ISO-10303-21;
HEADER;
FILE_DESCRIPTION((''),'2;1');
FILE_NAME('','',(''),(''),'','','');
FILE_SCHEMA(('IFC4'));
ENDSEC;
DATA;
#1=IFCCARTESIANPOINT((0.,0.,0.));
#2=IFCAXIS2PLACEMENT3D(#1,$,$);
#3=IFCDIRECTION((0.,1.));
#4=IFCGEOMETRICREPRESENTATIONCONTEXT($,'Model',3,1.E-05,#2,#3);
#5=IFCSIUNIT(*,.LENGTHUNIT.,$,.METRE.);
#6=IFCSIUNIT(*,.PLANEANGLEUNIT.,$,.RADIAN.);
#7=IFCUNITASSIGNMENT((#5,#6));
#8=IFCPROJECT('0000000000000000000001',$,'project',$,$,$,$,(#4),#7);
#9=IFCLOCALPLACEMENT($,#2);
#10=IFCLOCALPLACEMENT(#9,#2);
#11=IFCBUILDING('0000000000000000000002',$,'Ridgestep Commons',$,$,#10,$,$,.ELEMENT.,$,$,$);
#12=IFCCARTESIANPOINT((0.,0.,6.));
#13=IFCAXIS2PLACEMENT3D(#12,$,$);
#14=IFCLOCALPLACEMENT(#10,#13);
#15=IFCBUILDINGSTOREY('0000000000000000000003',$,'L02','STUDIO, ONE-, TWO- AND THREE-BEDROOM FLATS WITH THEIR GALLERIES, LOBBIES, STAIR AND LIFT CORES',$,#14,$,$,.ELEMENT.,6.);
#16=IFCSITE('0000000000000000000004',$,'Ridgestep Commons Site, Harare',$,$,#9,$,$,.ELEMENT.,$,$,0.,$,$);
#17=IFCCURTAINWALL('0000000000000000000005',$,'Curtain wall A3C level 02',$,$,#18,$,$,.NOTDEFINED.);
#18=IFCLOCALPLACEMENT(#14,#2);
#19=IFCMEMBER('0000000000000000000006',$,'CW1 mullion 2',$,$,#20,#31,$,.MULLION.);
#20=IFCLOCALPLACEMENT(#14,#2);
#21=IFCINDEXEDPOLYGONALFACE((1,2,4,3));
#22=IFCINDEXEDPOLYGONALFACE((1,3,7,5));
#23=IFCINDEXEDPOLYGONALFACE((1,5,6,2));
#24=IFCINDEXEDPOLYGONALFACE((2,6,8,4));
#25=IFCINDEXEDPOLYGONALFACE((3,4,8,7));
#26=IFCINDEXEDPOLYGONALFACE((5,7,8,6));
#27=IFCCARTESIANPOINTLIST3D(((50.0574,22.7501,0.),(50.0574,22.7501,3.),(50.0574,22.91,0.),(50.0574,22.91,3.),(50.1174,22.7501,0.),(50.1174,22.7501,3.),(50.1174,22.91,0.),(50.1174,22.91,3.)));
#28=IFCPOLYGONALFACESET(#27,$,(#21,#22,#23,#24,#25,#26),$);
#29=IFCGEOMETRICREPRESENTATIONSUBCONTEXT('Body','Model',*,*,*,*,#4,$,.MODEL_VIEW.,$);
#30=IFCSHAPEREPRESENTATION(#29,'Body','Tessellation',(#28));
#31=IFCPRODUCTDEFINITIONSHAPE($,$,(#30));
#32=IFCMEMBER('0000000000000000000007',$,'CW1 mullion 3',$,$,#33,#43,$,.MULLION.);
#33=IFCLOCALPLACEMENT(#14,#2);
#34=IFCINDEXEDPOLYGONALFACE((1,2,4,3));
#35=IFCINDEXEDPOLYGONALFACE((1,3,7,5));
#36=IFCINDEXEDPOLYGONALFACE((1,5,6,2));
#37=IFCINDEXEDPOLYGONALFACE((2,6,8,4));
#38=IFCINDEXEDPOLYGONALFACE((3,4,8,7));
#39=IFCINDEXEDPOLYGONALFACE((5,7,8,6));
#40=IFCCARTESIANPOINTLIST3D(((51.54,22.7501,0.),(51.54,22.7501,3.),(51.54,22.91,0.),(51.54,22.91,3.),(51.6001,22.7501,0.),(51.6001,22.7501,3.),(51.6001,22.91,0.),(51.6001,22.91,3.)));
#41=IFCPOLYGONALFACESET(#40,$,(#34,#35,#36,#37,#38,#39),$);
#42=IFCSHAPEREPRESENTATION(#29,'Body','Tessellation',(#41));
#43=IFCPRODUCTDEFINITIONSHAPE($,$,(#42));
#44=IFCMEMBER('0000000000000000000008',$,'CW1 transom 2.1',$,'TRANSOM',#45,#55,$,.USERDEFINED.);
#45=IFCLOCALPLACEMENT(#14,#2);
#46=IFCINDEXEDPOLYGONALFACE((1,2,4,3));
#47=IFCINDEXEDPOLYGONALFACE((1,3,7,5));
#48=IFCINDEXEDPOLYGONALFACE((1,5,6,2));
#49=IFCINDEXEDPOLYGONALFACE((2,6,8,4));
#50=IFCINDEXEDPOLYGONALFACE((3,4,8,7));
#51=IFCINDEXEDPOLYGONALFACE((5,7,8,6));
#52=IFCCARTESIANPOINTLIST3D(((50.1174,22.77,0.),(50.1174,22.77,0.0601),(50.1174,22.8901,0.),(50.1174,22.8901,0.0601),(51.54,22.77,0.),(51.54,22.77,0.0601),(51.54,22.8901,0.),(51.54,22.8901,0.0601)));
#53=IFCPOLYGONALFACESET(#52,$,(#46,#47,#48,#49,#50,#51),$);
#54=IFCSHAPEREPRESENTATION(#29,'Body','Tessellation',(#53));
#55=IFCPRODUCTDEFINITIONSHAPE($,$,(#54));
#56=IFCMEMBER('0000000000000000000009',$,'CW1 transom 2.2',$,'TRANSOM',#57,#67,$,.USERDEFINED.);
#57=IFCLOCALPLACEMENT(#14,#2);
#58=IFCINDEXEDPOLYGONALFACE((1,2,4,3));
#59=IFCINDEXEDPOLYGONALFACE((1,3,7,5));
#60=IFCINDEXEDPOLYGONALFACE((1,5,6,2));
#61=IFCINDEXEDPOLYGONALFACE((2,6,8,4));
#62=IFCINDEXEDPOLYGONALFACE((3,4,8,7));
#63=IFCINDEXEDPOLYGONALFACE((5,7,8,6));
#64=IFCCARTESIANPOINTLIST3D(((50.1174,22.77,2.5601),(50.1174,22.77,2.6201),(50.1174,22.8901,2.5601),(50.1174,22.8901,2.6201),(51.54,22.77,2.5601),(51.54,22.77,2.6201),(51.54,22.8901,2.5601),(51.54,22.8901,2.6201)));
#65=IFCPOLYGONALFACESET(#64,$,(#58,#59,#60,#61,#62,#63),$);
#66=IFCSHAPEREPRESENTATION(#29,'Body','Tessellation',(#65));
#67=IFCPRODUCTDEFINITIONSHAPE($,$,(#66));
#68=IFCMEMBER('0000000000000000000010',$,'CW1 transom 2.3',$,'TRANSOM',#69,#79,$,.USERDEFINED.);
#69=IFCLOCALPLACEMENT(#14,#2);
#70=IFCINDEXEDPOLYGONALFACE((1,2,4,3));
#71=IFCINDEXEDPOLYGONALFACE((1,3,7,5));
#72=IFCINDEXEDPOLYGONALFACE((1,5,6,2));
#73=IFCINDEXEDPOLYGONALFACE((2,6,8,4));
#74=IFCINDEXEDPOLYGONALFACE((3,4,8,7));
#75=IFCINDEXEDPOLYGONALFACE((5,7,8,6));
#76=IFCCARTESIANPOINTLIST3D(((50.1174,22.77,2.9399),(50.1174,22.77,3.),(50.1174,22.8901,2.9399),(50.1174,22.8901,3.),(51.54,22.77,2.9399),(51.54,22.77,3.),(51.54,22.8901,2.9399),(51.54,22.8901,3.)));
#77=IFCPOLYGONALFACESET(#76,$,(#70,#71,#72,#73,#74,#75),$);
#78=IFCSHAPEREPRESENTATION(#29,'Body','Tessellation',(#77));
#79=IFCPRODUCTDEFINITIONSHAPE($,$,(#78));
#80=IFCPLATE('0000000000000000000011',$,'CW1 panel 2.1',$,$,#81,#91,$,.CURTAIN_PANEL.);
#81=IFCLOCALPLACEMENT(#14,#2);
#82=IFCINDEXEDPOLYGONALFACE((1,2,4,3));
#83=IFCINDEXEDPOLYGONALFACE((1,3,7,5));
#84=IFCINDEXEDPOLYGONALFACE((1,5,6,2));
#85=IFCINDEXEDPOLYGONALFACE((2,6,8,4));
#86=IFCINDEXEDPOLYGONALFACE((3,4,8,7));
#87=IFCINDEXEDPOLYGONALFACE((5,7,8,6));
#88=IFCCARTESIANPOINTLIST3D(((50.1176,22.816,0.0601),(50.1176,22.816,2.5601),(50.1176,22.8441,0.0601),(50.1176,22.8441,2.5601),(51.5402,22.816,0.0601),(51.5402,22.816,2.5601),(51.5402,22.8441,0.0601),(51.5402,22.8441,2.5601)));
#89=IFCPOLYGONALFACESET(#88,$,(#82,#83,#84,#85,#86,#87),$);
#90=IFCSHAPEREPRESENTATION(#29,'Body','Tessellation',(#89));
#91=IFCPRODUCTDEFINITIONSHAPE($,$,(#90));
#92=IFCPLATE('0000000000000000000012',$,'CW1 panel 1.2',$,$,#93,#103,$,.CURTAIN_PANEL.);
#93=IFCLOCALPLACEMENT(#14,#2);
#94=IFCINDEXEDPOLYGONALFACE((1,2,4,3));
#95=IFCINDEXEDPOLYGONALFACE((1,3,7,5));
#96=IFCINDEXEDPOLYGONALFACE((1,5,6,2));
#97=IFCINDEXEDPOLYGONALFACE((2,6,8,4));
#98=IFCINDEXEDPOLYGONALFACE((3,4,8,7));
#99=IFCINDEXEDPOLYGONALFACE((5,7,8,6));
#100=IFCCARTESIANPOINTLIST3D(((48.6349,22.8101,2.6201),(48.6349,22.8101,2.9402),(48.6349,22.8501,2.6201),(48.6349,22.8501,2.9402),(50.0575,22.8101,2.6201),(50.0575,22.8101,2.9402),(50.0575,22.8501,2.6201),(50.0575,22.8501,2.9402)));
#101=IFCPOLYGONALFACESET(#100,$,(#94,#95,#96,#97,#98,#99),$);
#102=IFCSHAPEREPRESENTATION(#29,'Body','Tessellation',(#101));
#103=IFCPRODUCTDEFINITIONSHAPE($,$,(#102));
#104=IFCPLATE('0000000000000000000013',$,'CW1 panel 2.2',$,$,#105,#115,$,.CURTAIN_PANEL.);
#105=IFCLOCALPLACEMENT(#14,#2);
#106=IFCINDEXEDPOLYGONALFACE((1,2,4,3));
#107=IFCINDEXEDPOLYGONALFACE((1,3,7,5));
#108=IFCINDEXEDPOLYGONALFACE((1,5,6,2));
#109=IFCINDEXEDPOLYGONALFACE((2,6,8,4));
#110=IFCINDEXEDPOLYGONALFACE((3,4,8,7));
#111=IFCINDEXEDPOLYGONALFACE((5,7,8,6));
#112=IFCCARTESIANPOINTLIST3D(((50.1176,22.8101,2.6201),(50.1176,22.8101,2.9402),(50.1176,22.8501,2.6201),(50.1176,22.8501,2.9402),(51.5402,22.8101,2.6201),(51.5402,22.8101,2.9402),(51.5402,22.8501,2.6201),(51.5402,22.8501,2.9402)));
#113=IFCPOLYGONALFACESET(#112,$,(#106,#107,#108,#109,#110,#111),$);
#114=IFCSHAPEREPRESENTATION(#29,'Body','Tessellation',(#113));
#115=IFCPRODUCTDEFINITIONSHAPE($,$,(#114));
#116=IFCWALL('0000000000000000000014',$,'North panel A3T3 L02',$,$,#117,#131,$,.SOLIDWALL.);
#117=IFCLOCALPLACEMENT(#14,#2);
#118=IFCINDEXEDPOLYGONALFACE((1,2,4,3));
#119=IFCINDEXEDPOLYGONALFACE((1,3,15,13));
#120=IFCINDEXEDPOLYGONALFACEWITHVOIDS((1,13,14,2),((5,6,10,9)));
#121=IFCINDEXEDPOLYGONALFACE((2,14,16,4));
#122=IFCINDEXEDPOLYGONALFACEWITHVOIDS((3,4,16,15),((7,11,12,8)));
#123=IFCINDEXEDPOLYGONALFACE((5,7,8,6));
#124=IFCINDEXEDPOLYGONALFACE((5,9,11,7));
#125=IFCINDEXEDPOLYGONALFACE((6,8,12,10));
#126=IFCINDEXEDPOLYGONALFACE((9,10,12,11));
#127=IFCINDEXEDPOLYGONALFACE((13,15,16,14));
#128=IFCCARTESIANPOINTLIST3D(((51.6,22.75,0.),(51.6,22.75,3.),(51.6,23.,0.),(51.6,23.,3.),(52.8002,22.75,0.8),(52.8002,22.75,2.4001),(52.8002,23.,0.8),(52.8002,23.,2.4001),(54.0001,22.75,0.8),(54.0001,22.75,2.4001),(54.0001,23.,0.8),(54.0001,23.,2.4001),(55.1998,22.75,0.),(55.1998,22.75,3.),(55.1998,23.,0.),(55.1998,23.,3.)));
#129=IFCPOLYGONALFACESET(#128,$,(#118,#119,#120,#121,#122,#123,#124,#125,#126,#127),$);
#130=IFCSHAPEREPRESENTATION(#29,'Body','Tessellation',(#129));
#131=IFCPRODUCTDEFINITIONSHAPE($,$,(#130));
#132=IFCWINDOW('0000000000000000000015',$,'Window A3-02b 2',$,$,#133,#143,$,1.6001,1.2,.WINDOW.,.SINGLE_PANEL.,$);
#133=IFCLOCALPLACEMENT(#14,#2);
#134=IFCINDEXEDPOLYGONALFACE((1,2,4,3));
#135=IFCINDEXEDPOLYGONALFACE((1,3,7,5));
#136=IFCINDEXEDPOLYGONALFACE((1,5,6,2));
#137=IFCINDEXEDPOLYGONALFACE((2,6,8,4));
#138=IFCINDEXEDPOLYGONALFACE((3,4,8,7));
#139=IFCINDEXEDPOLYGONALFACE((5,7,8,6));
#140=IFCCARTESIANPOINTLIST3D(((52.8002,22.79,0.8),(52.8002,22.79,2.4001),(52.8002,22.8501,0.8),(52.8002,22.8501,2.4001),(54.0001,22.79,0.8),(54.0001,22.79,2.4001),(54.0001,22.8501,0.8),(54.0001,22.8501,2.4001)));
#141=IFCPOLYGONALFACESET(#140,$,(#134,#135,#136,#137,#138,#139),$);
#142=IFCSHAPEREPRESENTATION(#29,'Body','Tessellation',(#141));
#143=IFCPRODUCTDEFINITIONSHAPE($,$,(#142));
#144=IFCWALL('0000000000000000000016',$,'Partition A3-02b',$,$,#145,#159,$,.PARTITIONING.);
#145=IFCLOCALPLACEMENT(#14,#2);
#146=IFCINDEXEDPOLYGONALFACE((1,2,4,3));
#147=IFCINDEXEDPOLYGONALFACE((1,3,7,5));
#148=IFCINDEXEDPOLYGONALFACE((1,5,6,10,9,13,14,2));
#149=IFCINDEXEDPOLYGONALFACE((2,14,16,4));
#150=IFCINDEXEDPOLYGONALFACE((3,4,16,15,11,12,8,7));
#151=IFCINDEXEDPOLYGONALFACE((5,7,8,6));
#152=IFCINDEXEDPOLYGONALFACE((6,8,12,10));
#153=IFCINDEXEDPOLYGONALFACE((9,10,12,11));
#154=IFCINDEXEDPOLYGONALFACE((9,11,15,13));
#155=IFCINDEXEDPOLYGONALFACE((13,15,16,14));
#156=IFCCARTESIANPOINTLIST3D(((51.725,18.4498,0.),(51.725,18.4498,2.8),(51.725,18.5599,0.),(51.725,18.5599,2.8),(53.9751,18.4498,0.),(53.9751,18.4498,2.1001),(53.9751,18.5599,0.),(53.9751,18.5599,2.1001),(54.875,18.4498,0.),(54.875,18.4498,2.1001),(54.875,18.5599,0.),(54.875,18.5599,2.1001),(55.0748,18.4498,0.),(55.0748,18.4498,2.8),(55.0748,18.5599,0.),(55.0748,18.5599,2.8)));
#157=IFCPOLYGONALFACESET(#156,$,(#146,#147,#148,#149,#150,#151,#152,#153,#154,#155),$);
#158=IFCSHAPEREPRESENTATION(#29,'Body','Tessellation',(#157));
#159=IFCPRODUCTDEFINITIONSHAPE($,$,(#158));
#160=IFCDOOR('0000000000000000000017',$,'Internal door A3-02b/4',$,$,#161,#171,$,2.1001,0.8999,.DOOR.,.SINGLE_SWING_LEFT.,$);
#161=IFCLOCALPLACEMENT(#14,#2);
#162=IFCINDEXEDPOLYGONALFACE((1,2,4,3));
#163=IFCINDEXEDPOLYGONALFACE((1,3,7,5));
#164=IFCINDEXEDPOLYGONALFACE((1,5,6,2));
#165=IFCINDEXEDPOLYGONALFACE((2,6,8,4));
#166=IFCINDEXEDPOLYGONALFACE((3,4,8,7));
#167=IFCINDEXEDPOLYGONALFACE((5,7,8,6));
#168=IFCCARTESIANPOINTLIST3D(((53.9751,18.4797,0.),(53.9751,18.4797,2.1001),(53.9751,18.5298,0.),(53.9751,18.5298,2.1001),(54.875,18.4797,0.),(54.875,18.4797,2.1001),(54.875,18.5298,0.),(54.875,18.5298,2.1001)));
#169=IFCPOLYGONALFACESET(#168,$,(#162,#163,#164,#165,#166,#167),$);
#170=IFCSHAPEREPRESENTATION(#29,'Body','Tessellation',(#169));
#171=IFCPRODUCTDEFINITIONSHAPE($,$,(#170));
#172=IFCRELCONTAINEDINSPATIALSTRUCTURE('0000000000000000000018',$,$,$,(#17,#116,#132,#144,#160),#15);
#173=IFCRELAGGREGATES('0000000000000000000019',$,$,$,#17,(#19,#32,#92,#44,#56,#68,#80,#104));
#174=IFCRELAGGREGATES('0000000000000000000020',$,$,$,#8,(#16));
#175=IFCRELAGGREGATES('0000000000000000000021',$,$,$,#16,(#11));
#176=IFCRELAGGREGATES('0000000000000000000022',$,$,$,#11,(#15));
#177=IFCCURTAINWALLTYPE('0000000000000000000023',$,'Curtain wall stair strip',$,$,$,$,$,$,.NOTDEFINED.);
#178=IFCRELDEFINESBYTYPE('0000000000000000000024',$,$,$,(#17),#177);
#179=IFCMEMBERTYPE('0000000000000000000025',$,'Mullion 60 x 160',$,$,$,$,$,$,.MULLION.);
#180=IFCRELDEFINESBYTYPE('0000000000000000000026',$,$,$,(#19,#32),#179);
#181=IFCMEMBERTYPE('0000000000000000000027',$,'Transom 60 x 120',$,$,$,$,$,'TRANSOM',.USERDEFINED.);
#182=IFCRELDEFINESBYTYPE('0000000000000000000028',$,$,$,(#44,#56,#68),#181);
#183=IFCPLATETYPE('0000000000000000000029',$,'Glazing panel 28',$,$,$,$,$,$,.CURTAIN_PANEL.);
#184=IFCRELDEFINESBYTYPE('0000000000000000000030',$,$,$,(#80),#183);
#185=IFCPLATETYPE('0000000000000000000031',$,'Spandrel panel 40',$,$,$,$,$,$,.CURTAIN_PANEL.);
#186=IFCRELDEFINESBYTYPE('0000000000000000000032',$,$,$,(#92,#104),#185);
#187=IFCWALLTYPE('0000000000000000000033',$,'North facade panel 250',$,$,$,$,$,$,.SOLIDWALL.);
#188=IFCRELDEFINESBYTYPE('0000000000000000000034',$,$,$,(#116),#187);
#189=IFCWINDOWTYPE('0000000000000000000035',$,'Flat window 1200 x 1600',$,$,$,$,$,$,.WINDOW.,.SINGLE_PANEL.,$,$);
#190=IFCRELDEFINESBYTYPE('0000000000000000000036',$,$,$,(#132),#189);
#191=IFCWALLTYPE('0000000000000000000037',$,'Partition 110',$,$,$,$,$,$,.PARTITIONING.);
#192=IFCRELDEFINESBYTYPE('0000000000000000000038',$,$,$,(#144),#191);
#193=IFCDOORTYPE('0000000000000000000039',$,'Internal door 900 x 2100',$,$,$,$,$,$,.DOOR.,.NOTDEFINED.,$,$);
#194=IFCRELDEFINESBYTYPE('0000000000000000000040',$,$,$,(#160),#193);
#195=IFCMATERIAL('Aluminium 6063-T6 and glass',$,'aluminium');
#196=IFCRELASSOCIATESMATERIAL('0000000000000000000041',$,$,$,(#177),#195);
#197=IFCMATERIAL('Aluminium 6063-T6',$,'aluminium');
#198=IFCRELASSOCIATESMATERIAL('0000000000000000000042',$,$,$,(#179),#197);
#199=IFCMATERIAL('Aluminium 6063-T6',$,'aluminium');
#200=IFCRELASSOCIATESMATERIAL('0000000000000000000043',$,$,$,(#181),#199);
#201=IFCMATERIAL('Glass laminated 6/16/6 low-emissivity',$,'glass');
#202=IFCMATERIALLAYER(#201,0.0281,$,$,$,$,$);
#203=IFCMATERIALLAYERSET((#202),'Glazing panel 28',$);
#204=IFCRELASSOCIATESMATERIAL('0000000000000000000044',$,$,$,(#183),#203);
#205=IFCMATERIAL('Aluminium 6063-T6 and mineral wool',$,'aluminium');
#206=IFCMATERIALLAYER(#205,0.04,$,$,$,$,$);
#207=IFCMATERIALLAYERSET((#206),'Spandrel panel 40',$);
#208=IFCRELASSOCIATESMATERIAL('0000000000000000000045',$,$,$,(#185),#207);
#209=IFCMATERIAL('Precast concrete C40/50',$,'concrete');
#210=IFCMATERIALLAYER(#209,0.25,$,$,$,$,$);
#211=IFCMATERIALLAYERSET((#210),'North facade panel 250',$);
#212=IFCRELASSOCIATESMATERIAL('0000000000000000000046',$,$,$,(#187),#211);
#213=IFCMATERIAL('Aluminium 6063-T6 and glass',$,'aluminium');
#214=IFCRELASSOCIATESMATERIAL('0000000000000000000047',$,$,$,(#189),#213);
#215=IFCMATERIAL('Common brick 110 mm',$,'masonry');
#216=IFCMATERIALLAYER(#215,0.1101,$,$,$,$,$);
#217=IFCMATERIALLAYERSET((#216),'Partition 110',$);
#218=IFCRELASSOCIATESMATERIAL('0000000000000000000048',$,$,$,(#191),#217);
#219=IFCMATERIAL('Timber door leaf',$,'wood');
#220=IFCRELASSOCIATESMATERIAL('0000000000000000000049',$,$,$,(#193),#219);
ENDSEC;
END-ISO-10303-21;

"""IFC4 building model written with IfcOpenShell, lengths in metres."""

from ifc_helpers import new_model, si_unit, direction, frame, frame_2d, origin, origin_2d, place, context, subcontext, project, spatial, rectangle, extrude, material, layer, layer_set, material_profile, profile_set, type_object, element, fill, aggregate, save


model = new_model("IFC4")

# Units and contexts
model_context = context("Model", 3, precision=1e-05, world=origin(), true_north=direction((0.0, 1.0)))
body_context = subcontext(model_context, "Body", "Model", "MODEL_VIEW")
ifc_project = project(units=[si_unit("LENGTHUNIT", "METRE"), si_unit("PLANEANGLEUNIT", "RADIAN")], contexts=[model_context])

# Site, building, storey
site_placement = place(None, origin())
site = spatial("IfcSite", under=ifc_project, at=site_placement, Name="Ridgestep Commons Site, Harare", CompositionType="ELEMENT", RefElevation=0.0)
building_placement = place(site_placement, origin())
building = spatial("IfcBuilding", under=site, at=building_placement, Name="Ridgestep Commons", CompositionType="ELEMENT")
storey_placement = place(building_placement, frame((0.0, 0.0, 6.0)))
storey = spatial("IfcBuildingStorey", under=building, at=storey_placement, Name="L02", Description="STUDIO, ONE-, TWO- AND THREE-BEDROOM FLATS WITH THEIR GALLERIES, LOBBIES, STAIR AND LIFT CORES", CompositionType="ELEMENT", Elevation=6.0)

# Curtain wall, members, plates
ifc_material_1 = material(Name="Aluminium 6063-T6 and glass", Category="aluminium")
curtain_wall_type = type_object("IfcCurtainWallType", Name="Curtain wall stair strip", PredefinedType="NOTDEFINED", material=ifc_material_1)
curtain_wall_placement = place(storey_placement, origin())
curtain_wall = element("IfcCurtainWall", 1, at=curtain_wall_placement, inside=storey, type_object=curtain_wall_type, Name="Curtain wall A3C level 02", PredefinedType="NOTDEFINED")
ifc_material_2 = material(Name="Aluminium 6063-T6", Category="aluminium")
ifc_material_profile_1 = material_profile(ifc_material_2, rectangle(XDim=0.1599, YDim=0.0601, at=origin_2d()), Name="Mullion 60 x 160")
ifc_profile_set_1 = profile_set([ifc_material_profile_1], Name="Aluminium 6063-T6")
member_type_1 = type_object("IfcMemberType", Name="Mullion 60 x 160", PredefinedType="MULLION", material=ifc_profile_set_1)
member_1_placement = place(storey_placement, frame((50.0874, 22.8301, 0.0), z_axis=(0.0, 0.0, 1.0), x_axis=(0.0, 1.0, 0.0)))
member_1 = element("IfcMember", 2, at=member_1_placement, type_object=member_type_1, Name="CW1 mullion 2", PredefinedType="MULLION", context=body_context, shape_type="SweptSolid", body=[
    extrude(rectangle(XDim=0.1599, YDim=0.0601, at=origin_2d()), origin(), (0.0, 0.0, 1.0), 3.0),
])
member_2_placement = place(storey_placement, frame((51.5701, 22.8301, 0.0), z_axis=(0.0, 0.0, 1.0), x_axis=(0.0, 1.0, 0.0)))
member_2 = element("IfcMember", 3, at=member_2_placement, type_object=member_type_1, Name="CW1 mullion 3", PredefinedType="MULLION", context=body_context, shape_type="SweptSolid", body=[
    extrude(rectangle(XDim=0.1599, YDim=0.0601, at=origin_2d()), origin(), (0.0, 0.0, 1.0), 3.0),
])
ifc_material_3 = material(Name="Aluminium 6063-T6", Category="aluminium")
ifc_material_profile_2 = material_profile(ifc_material_3, rectangle(XDim=0.1201, YDim=0.0601, at=origin_2d()), Name="Transom 60 x 120")
ifc_profile_set_2 = profile_set([ifc_material_profile_2], Name="Aluminium 6063-T6")
member_type_2 = type_object("IfcMemberType", Name="Transom 60 x 120", ElementType="TRANSOM", PredefinedType="USERDEFINED", material=ifc_profile_set_2)
member_3_placement = place(storey_placement, frame((50.1174, 22.8301, 0.03), z_axis=(1.0, 0.0, 0.0), x_axis=(0.0, 1.0, 0.0)))
member_3 = element("IfcMember", 4, at=member_3_placement, type_object=member_type_2, Name="CW1 transom 2.1", ObjectType="TRANSOM", PredefinedType="USERDEFINED", context=body_context, shape_type="SweptSolid", body=[
    extrude(rectangle(XDim=0.1201, YDim=0.0601, at=origin_2d()), origin(), (0.0, 0.0, 1.0), 1.4226),
])
member_4_placement = place(storey_placement, frame((50.1174, 22.8301, 2.5901), z_axis=(1.0, 0.0, 0.0), x_axis=(0.0, 1.0, 0.0)))
member_4 = element("IfcMember", 5, at=member_4_placement, type_object=member_type_2, Name="CW1 transom 2.2", ObjectType="TRANSOM", PredefinedType="USERDEFINED", context=body_context, shape_type="SweptSolid", body=[
    extrude(rectangle(XDim=0.1201, YDim=0.0601, at=origin_2d()), origin(), (0.0, 0.0, 1.0), 1.4226),
])
member_5_placement = place(storey_placement, frame((50.1174, 22.8301, 2.97), z_axis=(1.0, 0.0, 0.0), x_axis=(0.0, 1.0, 0.0)))
member_5 = element("IfcMember", 6, at=member_5_placement, type_object=member_type_2, Name="CW1 transom 2.3", ObjectType="TRANSOM", PredefinedType="USERDEFINED", context=body_context, shape_type="SweptSolid", body=[
    extrude(rectangle(XDim=0.1201, YDim=0.0601, at=origin_2d()), origin(), (0.0, 0.0, 1.0), 1.4226),
])
ifc_material_4 = material(Name="Glass laminated 6/16/6 low-emissivity", Category="glass")
ifc_layer_1 = layer(ifc_material_4, 0.0281)
ifc_layer_set_1 = layer_set([ifc_layer_1], Name="Glazing panel 28")
plate_type_1 = type_object("IfcPlateType", Name="Glazing panel 28", PredefinedType="CURTAIN_PANEL", material=ifc_layer_set_1)
plate_1_placement = place(storey_placement, frame((50.8289, 22.8301, 0.0601), z_axis=(0.0, 0.0, 1.0), x_axis=(1.0, 0.0, 0.0)))
plate_1 = element("IfcPlate", 7, at=plate_1_placement, type_object=plate_type_1, Name="CW1 panel 2.1", PredefinedType="CURTAIN_PANEL", context=body_context, shape_type="SweptSolid", body=[
    extrude(rectangle(XDim=1.4226, YDim=0.0281, at=origin_2d()), origin(), (0.0, 0.0, 1.0), 2.5),
])
ifc_material_5 = material(Name="Aluminium 6063-T6 and mineral wool", Category="aluminium")
ifc_layer_2 = layer(ifc_material_5, 0.04)
ifc_layer_set_2 = layer_set([ifc_layer_2], Name="Spandrel panel 40")
plate_type_2 = type_object("IfcPlateType", Name="Spandrel panel 40", PredefinedType="CURTAIN_PANEL", material=ifc_layer_set_2)
plate_2_placement = place(storey_placement, frame((49.3462, 22.8301, 2.6201), z_axis=(0.0, 0.0, 1.0), x_axis=(1.0, 0.0, 0.0)))
plate_2 = element("IfcPlate", 8, at=plate_2_placement, type_object=plate_type_2, Name="CW1 panel 1.2", PredefinedType="CURTAIN_PANEL", context=body_context, shape_type="SweptSolid", body=[
    extrude(rectangle(XDim=1.4226, YDim=0.04, at=origin_2d()), origin(), (0.0, 0.0, 1.0), 0.3201),
])
plate_3_placement = place(storey_placement, frame((50.8289, 22.8301, 2.6201), z_axis=(0.0, 0.0, 1.0), x_axis=(1.0, 0.0, 0.0)))
plate_3 = element("IfcPlate", 9, at=plate_3_placement, type_object=plate_type_2, Name="CW1 panel 2.2", PredefinedType="CURTAIN_PANEL", context=body_context, shape_type="SweptSolid", body=[
    extrude(rectangle(XDim=1.4226, YDim=0.04, at=origin_2d()), origin(), (0.0, 0.0, 1.0), 0.3201),
])
aggregate(curtain_wall, [member_1, member_2, plate_2, member_3, member_4, member_5, plate_1, plate_3])

# Wall, opening, window
ifc_material_6 = material(Name="Precast concrete C40/50", Category="concrete")
ifc_layer_3 = layer(ifc_material_6, 0.25)
ifc_layer_set_3 = layer_set([ifc_layer_3], Name="North facade panel 250")
wall_type_1 = type_object("IfcWallType", Name="North facade panel 250", PredefinedType="SOLIDWALL", material=ifc_layer_set_3)
wall_1_placement = place(storey_placement, frame((51.6001, 22.875, 0.0), z_axis=(0.0, 0.0, 1.0), x_axis=(1.0, 0.0, 0.0)))
wall_1 = element("IfcWall", 10, at=wall_1_placement, inside=storey, type_object=wall_type_1, Name="North panel A3T3 L02", PredefinedType="SOLIDWALL", context=body_context, shape_type="SweptSolid", body=[
    extrude(rectangle(XDim=3.5999, YDim=0.25, at=frame_2d((1.7998, 0.0))), origin(), (0.0, 0.0, 1.0), 3.0),
])
opening_1_placement = place(wall_1_placement, frame((1.2, 0.0, 0.8)))
opening_1 = element("IfcOpeningElement", 11, at=opening_1_placement, cuts=wall_1, PredefinedType="OPENING", context=body_context, shape_type="SweptSolid", body=[
    extrude(rectangle(XDim=1.2, YDim=1.6001, at=frame_2d((0.6001, 0.8))), frame((0.0, 0.135, 0.0), z_axis=(0.0, -1.0, 0.0), x_axis=(1.0, 0.0, 0.0)), (0.0, 0.0, 1.0), 0.27),
])
ifc_material_7 = material(Name="Aluminium 6063-T6 and glass", Category="aluminium")
window_type = type_object("IfcWindowType", Name="Flat window 1200 x 1600", PartitioningType="SINGLE_PANEL", PredefinedType="WINDOW", material=ifc_material_7)
window_placement = place(opening_1_placement, origin())
window = element("IfcWindow", 12, at=window_placement, inside=storey, type_object=window_type, Name="Window A3-02b 2", OverallHeight=1.6001, OverallWidth=1.2, PartitioningType="SINGLE_PANEL", PredefinedType="WINDOW", context=body_context, shape_type="SweptSolid", body=[
    extrude(rectangle(XDim=1.2, YDim=1.6001, at=frame_2d((0.6001, 0.8))), frame((0.0, -0.0249, 0.0), z_axis=(0.0, -1.0, 0.0), x_axis=(1.0, 0.0, 0.0)), (0.0, 0.0, 1.0), 0.0601),
])
fill(opening_1, window)

# Wall, opening, door
ifc_material_8 = material(Name="Common brick 110 mm", Category="masonry")
ifc_layer_4 = layer(ifc_material_8, 0.1101)
ifc_layer_set_4 = layer_set([ifc_layer_4], Name="Partition 110")
wall_type_2 = type_object("IfcWallType", Name="Partition 110", PredefinedType="PARTITIONING", material=ifc_layer_set_4)
wall_2_placement = place(storey_placement, frame((51.7251, 18.5049, 0.0), z_axis=(0.0, 0.0, 1.0), x_axis=(1.0, 0.0, 0.0)))
wall_2 = element("IfcWall", 13, at=wall_2_placement, inside=storey, type_object=wall_type_2, Name="Partition A3-02b", PredefinedType="PARTITIONING", context=body_context, shape_type="SweptSolid", body=[
    extrude(rectangle(XDim=3.3499, YDim=0.1101, at=frame_2d((1.6748, 0.0))), origin(), (0.0, 0.0, 1.0), 2.8),
])
opening_2_placement = place(wall_2_placement, frame((2.25, 0.0, 0.0)))
opening_2 = element("IfcOpeningElement", 14, at=opening_2_placement, cuts=wall_2, PredefinedType="OPENING", context=body_context, shape_type="SweptSolid", body=[
    extrude(rectangle(XDim=0.8999, YDim=2.1001, at=frame_2d((0.45, 1.05))), frame((0.0, 0.0649, 0.0), z_axis=(0.0, -1.0, 0.0), x_axis=(1.0, 0.0, 0.0)), (0.0, 0.0, 1.0), 0.1301),
])
ifc_material_9 = material(Name="Timber door leaf", Category="wood")
door_type = type_object("IfcDoorType", Name="Internal door 900 x 2100", OperationType="NOTDEFINED", PredefinedType="DOOR", material=ifc_material_9)
door_placement = place(opening_2_placement, origin())
door = element("IfcDoor", 15, at=door_placement, inside=storey, type_object=door_type, Name="Internal door A3-02b/4", OperationType="SINGLE_SWING_LEFT", OverallHeight=2.1001, OverallWidth=0.8999, PredefinedType="DOOR", context=body_context, shape_type="SweptSolid", body=[
    extrude(rectangle(XDim=0.8999, YDim=2.1001, at=frame_2d((0.45, 1.05))), frame((0.0, 0.0249, 0.0), z_axis=(0.0, -1.0, 0.0), x_axis=(1.0, 0.0, 0.0)), (0.0, 0.0, 1.0), 0.05),
])
fill(opening_2, door)

save(model, "model.ifc")
